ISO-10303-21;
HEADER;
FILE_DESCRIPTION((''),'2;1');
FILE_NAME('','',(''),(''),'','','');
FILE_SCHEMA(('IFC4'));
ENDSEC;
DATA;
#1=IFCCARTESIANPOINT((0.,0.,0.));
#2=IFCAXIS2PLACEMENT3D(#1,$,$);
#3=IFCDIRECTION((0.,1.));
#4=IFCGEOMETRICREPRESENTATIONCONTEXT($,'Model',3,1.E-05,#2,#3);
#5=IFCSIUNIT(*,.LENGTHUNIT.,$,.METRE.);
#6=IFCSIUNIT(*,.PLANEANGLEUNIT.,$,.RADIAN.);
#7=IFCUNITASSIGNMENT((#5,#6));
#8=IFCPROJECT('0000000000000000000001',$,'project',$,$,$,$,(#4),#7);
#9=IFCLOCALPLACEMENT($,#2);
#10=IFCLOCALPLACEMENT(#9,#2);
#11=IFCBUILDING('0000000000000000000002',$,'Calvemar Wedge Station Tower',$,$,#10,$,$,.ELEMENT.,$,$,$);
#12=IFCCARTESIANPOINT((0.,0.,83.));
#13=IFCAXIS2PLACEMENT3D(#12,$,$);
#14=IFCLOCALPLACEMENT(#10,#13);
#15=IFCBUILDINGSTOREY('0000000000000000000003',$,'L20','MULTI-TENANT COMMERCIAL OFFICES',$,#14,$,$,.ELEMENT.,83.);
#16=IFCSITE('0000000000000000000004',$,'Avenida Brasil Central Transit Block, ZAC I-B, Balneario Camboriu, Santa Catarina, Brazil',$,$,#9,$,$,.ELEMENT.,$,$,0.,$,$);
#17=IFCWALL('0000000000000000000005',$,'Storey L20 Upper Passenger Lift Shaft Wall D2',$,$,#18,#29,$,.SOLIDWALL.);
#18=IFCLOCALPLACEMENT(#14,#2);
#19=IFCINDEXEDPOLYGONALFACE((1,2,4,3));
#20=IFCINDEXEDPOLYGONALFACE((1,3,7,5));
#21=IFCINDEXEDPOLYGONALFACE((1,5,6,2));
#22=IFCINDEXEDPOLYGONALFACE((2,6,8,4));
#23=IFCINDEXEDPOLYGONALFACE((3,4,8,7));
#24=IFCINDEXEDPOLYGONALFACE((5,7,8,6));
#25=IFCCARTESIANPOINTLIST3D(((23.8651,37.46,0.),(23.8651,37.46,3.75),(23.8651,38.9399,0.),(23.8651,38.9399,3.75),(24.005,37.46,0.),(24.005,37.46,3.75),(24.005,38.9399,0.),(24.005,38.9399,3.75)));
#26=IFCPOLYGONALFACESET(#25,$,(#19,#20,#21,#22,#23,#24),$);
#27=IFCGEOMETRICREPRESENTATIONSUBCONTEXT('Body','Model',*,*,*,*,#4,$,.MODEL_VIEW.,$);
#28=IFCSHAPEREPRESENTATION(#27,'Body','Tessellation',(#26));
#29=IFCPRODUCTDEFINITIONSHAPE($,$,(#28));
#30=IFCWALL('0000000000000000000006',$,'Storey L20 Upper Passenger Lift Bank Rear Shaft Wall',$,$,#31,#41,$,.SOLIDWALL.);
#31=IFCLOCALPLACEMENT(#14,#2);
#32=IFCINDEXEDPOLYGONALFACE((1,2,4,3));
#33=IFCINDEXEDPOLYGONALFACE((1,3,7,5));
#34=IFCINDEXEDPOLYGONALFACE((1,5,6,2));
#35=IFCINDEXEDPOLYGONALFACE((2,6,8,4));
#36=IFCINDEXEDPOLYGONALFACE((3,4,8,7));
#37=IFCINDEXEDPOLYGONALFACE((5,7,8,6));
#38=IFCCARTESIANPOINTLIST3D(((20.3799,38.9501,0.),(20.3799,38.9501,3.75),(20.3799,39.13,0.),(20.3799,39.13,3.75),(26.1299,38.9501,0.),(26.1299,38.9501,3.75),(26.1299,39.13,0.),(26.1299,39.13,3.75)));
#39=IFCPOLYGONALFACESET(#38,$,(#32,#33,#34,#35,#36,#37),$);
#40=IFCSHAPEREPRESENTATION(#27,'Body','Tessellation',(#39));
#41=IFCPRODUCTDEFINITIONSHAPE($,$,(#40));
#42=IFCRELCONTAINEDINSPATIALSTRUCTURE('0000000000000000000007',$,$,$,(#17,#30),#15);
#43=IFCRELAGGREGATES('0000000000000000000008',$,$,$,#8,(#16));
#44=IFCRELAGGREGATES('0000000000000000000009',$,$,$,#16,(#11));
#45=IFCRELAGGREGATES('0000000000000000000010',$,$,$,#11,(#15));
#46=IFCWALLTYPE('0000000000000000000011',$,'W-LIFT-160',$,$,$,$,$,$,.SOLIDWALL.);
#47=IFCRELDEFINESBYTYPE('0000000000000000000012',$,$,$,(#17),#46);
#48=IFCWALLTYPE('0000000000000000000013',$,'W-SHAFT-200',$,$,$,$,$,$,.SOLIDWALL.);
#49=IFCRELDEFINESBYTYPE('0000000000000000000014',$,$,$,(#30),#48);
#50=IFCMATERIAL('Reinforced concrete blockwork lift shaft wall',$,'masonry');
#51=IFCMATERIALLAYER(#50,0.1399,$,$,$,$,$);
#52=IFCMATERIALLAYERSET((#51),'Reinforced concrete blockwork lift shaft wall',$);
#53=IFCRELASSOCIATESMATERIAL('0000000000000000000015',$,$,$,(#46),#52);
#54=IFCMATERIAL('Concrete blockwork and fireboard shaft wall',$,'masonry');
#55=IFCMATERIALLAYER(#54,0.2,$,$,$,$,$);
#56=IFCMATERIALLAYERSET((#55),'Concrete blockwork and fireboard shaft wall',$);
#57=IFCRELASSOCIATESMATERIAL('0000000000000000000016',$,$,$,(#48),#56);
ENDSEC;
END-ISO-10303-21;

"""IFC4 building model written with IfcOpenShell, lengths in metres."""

from ifc_helpers import new_model, si_unit, direction, frame, frame_2d, origin, place, context, subcontext, project, spatial, rectangle, extrude, material, layer, layer_set, type_object, element, save


model = new_model("IFC4")

# Units and contexts
model_context = context("Model", 3, precision=1e-05, world=origin(), true_north=direction((0.0, 1.0)))
body_context = subcontext(model_context, "Body", "Model", "MODEL_VIEW")
ifc_project = project(units=[si_unit("LENGTHUNIT", "METRE"), si_unit("PLANEANGLEUNIT", "RADIAN")], contexts=[model_context])

# Site, building, storey
site_placement = place(None, origin())
site = spatial("IfcSite", under=ifc_project, at=site_placement, Name="Avenida Brasil Central Transit Block, ZAC I-B, Balneario Camboriu, Santa Catarina, Brazil", CompositionType="ELEMENT", RefElevation=0.0)
building_placement = place(site_placement, origin())
building = spatial("IfcBuilding", under=site, at=building_placement, Name="Calvemar Wedge Station Tower", CompositionType="ELEMENT")
storey_placement = place(building_placement, frame((0.0, 0.0, 83.0)))
storey = spatial("IfcBuildingStorey", under=building, at=storey_placement, Name="L20", Description="MULTI-TENANT COMMERCIAL OFFICES", CompositionType="ELEMENT", Elevation=83.0)

# Shared definitions
ifc_material_1 = material(Name="Reinforced concrete blockwork lift shaft wall", Category="masonry")
ifc_layer_1 = layer(ifc_material_1, 0.1399)
ifc_layer_set_1 = layer_set([ifc_layer_1], Name="Reinforced concrete blockwork lift shaft wall")
wall_type_1 = type_object("IfcWallType", Name="W-LIFT-160", PredefinedType="SOLIDWALL", material=ifc_layer_set_1)

# Walls
for number, where, z_axis, x_axis, name in (
    (1, (23.9351, 37.46, 0.0), (0.0, 0.0, 1.0), (0.0, 1.0, 0.0), "Storey L20 Upper Passenger Lift Shaft Wall D2"),
):
    element("IfcWall", number, at=place(storey_placement, frame(where, z_axis=z_axis, x_axis=x_axis)), inside=storey, type_object=wall_type_1, Name=name, PredefinedType="SOLIDWALL", context=body_context, shape_type="SweptSolid", body=[
        extrude(rectangle(XDim=1.48, YDim=0.1399, at=frame_2d((0.74, 0.0))), origin(), (0.0, 0.0, 1.0), 3.75),
    ])
ifc_material_2 = material(Name="Concrete blockwork and fireboard shaft wall", Category="masonry")
ifc_layer_2 = layer(ifc_material_2, 0.2)
ifc_layer_set_2 = layer_set([ifc_layer_2], Name="Concrete blockwork and fireboard shaft wall")
wall_type_2 = type_object("IfcWallType", Name="W-SHAFT-200", PredefinedType="SOLIDWALL", material=ifc_layer_set_2)
wall_1_placement = place(storey_placement, frame((20.3799, 39.04, 0.0), z_axis=(0.0, 0.0, 1.0), x_axis=(1.0, 0.0, 0.0)))
element("IfcWall", 2, at=wall_1_placement, inside=storey, type_object=wall_type_2, Name="Storey L20 Upper Passenger Lift Bank Rear Shaft Wall", PredefinedType="SOLIDWALL", context=body_context, shape_type="SweptSolid", body=[
    extrude(rectangle(XDim=5.75, YDim=0.1799, at=frame_2d((2.875, 0.0))), origin(), (0.0, 0.0, 1.0), 3.75),
])

save(model, "model.ifc")
